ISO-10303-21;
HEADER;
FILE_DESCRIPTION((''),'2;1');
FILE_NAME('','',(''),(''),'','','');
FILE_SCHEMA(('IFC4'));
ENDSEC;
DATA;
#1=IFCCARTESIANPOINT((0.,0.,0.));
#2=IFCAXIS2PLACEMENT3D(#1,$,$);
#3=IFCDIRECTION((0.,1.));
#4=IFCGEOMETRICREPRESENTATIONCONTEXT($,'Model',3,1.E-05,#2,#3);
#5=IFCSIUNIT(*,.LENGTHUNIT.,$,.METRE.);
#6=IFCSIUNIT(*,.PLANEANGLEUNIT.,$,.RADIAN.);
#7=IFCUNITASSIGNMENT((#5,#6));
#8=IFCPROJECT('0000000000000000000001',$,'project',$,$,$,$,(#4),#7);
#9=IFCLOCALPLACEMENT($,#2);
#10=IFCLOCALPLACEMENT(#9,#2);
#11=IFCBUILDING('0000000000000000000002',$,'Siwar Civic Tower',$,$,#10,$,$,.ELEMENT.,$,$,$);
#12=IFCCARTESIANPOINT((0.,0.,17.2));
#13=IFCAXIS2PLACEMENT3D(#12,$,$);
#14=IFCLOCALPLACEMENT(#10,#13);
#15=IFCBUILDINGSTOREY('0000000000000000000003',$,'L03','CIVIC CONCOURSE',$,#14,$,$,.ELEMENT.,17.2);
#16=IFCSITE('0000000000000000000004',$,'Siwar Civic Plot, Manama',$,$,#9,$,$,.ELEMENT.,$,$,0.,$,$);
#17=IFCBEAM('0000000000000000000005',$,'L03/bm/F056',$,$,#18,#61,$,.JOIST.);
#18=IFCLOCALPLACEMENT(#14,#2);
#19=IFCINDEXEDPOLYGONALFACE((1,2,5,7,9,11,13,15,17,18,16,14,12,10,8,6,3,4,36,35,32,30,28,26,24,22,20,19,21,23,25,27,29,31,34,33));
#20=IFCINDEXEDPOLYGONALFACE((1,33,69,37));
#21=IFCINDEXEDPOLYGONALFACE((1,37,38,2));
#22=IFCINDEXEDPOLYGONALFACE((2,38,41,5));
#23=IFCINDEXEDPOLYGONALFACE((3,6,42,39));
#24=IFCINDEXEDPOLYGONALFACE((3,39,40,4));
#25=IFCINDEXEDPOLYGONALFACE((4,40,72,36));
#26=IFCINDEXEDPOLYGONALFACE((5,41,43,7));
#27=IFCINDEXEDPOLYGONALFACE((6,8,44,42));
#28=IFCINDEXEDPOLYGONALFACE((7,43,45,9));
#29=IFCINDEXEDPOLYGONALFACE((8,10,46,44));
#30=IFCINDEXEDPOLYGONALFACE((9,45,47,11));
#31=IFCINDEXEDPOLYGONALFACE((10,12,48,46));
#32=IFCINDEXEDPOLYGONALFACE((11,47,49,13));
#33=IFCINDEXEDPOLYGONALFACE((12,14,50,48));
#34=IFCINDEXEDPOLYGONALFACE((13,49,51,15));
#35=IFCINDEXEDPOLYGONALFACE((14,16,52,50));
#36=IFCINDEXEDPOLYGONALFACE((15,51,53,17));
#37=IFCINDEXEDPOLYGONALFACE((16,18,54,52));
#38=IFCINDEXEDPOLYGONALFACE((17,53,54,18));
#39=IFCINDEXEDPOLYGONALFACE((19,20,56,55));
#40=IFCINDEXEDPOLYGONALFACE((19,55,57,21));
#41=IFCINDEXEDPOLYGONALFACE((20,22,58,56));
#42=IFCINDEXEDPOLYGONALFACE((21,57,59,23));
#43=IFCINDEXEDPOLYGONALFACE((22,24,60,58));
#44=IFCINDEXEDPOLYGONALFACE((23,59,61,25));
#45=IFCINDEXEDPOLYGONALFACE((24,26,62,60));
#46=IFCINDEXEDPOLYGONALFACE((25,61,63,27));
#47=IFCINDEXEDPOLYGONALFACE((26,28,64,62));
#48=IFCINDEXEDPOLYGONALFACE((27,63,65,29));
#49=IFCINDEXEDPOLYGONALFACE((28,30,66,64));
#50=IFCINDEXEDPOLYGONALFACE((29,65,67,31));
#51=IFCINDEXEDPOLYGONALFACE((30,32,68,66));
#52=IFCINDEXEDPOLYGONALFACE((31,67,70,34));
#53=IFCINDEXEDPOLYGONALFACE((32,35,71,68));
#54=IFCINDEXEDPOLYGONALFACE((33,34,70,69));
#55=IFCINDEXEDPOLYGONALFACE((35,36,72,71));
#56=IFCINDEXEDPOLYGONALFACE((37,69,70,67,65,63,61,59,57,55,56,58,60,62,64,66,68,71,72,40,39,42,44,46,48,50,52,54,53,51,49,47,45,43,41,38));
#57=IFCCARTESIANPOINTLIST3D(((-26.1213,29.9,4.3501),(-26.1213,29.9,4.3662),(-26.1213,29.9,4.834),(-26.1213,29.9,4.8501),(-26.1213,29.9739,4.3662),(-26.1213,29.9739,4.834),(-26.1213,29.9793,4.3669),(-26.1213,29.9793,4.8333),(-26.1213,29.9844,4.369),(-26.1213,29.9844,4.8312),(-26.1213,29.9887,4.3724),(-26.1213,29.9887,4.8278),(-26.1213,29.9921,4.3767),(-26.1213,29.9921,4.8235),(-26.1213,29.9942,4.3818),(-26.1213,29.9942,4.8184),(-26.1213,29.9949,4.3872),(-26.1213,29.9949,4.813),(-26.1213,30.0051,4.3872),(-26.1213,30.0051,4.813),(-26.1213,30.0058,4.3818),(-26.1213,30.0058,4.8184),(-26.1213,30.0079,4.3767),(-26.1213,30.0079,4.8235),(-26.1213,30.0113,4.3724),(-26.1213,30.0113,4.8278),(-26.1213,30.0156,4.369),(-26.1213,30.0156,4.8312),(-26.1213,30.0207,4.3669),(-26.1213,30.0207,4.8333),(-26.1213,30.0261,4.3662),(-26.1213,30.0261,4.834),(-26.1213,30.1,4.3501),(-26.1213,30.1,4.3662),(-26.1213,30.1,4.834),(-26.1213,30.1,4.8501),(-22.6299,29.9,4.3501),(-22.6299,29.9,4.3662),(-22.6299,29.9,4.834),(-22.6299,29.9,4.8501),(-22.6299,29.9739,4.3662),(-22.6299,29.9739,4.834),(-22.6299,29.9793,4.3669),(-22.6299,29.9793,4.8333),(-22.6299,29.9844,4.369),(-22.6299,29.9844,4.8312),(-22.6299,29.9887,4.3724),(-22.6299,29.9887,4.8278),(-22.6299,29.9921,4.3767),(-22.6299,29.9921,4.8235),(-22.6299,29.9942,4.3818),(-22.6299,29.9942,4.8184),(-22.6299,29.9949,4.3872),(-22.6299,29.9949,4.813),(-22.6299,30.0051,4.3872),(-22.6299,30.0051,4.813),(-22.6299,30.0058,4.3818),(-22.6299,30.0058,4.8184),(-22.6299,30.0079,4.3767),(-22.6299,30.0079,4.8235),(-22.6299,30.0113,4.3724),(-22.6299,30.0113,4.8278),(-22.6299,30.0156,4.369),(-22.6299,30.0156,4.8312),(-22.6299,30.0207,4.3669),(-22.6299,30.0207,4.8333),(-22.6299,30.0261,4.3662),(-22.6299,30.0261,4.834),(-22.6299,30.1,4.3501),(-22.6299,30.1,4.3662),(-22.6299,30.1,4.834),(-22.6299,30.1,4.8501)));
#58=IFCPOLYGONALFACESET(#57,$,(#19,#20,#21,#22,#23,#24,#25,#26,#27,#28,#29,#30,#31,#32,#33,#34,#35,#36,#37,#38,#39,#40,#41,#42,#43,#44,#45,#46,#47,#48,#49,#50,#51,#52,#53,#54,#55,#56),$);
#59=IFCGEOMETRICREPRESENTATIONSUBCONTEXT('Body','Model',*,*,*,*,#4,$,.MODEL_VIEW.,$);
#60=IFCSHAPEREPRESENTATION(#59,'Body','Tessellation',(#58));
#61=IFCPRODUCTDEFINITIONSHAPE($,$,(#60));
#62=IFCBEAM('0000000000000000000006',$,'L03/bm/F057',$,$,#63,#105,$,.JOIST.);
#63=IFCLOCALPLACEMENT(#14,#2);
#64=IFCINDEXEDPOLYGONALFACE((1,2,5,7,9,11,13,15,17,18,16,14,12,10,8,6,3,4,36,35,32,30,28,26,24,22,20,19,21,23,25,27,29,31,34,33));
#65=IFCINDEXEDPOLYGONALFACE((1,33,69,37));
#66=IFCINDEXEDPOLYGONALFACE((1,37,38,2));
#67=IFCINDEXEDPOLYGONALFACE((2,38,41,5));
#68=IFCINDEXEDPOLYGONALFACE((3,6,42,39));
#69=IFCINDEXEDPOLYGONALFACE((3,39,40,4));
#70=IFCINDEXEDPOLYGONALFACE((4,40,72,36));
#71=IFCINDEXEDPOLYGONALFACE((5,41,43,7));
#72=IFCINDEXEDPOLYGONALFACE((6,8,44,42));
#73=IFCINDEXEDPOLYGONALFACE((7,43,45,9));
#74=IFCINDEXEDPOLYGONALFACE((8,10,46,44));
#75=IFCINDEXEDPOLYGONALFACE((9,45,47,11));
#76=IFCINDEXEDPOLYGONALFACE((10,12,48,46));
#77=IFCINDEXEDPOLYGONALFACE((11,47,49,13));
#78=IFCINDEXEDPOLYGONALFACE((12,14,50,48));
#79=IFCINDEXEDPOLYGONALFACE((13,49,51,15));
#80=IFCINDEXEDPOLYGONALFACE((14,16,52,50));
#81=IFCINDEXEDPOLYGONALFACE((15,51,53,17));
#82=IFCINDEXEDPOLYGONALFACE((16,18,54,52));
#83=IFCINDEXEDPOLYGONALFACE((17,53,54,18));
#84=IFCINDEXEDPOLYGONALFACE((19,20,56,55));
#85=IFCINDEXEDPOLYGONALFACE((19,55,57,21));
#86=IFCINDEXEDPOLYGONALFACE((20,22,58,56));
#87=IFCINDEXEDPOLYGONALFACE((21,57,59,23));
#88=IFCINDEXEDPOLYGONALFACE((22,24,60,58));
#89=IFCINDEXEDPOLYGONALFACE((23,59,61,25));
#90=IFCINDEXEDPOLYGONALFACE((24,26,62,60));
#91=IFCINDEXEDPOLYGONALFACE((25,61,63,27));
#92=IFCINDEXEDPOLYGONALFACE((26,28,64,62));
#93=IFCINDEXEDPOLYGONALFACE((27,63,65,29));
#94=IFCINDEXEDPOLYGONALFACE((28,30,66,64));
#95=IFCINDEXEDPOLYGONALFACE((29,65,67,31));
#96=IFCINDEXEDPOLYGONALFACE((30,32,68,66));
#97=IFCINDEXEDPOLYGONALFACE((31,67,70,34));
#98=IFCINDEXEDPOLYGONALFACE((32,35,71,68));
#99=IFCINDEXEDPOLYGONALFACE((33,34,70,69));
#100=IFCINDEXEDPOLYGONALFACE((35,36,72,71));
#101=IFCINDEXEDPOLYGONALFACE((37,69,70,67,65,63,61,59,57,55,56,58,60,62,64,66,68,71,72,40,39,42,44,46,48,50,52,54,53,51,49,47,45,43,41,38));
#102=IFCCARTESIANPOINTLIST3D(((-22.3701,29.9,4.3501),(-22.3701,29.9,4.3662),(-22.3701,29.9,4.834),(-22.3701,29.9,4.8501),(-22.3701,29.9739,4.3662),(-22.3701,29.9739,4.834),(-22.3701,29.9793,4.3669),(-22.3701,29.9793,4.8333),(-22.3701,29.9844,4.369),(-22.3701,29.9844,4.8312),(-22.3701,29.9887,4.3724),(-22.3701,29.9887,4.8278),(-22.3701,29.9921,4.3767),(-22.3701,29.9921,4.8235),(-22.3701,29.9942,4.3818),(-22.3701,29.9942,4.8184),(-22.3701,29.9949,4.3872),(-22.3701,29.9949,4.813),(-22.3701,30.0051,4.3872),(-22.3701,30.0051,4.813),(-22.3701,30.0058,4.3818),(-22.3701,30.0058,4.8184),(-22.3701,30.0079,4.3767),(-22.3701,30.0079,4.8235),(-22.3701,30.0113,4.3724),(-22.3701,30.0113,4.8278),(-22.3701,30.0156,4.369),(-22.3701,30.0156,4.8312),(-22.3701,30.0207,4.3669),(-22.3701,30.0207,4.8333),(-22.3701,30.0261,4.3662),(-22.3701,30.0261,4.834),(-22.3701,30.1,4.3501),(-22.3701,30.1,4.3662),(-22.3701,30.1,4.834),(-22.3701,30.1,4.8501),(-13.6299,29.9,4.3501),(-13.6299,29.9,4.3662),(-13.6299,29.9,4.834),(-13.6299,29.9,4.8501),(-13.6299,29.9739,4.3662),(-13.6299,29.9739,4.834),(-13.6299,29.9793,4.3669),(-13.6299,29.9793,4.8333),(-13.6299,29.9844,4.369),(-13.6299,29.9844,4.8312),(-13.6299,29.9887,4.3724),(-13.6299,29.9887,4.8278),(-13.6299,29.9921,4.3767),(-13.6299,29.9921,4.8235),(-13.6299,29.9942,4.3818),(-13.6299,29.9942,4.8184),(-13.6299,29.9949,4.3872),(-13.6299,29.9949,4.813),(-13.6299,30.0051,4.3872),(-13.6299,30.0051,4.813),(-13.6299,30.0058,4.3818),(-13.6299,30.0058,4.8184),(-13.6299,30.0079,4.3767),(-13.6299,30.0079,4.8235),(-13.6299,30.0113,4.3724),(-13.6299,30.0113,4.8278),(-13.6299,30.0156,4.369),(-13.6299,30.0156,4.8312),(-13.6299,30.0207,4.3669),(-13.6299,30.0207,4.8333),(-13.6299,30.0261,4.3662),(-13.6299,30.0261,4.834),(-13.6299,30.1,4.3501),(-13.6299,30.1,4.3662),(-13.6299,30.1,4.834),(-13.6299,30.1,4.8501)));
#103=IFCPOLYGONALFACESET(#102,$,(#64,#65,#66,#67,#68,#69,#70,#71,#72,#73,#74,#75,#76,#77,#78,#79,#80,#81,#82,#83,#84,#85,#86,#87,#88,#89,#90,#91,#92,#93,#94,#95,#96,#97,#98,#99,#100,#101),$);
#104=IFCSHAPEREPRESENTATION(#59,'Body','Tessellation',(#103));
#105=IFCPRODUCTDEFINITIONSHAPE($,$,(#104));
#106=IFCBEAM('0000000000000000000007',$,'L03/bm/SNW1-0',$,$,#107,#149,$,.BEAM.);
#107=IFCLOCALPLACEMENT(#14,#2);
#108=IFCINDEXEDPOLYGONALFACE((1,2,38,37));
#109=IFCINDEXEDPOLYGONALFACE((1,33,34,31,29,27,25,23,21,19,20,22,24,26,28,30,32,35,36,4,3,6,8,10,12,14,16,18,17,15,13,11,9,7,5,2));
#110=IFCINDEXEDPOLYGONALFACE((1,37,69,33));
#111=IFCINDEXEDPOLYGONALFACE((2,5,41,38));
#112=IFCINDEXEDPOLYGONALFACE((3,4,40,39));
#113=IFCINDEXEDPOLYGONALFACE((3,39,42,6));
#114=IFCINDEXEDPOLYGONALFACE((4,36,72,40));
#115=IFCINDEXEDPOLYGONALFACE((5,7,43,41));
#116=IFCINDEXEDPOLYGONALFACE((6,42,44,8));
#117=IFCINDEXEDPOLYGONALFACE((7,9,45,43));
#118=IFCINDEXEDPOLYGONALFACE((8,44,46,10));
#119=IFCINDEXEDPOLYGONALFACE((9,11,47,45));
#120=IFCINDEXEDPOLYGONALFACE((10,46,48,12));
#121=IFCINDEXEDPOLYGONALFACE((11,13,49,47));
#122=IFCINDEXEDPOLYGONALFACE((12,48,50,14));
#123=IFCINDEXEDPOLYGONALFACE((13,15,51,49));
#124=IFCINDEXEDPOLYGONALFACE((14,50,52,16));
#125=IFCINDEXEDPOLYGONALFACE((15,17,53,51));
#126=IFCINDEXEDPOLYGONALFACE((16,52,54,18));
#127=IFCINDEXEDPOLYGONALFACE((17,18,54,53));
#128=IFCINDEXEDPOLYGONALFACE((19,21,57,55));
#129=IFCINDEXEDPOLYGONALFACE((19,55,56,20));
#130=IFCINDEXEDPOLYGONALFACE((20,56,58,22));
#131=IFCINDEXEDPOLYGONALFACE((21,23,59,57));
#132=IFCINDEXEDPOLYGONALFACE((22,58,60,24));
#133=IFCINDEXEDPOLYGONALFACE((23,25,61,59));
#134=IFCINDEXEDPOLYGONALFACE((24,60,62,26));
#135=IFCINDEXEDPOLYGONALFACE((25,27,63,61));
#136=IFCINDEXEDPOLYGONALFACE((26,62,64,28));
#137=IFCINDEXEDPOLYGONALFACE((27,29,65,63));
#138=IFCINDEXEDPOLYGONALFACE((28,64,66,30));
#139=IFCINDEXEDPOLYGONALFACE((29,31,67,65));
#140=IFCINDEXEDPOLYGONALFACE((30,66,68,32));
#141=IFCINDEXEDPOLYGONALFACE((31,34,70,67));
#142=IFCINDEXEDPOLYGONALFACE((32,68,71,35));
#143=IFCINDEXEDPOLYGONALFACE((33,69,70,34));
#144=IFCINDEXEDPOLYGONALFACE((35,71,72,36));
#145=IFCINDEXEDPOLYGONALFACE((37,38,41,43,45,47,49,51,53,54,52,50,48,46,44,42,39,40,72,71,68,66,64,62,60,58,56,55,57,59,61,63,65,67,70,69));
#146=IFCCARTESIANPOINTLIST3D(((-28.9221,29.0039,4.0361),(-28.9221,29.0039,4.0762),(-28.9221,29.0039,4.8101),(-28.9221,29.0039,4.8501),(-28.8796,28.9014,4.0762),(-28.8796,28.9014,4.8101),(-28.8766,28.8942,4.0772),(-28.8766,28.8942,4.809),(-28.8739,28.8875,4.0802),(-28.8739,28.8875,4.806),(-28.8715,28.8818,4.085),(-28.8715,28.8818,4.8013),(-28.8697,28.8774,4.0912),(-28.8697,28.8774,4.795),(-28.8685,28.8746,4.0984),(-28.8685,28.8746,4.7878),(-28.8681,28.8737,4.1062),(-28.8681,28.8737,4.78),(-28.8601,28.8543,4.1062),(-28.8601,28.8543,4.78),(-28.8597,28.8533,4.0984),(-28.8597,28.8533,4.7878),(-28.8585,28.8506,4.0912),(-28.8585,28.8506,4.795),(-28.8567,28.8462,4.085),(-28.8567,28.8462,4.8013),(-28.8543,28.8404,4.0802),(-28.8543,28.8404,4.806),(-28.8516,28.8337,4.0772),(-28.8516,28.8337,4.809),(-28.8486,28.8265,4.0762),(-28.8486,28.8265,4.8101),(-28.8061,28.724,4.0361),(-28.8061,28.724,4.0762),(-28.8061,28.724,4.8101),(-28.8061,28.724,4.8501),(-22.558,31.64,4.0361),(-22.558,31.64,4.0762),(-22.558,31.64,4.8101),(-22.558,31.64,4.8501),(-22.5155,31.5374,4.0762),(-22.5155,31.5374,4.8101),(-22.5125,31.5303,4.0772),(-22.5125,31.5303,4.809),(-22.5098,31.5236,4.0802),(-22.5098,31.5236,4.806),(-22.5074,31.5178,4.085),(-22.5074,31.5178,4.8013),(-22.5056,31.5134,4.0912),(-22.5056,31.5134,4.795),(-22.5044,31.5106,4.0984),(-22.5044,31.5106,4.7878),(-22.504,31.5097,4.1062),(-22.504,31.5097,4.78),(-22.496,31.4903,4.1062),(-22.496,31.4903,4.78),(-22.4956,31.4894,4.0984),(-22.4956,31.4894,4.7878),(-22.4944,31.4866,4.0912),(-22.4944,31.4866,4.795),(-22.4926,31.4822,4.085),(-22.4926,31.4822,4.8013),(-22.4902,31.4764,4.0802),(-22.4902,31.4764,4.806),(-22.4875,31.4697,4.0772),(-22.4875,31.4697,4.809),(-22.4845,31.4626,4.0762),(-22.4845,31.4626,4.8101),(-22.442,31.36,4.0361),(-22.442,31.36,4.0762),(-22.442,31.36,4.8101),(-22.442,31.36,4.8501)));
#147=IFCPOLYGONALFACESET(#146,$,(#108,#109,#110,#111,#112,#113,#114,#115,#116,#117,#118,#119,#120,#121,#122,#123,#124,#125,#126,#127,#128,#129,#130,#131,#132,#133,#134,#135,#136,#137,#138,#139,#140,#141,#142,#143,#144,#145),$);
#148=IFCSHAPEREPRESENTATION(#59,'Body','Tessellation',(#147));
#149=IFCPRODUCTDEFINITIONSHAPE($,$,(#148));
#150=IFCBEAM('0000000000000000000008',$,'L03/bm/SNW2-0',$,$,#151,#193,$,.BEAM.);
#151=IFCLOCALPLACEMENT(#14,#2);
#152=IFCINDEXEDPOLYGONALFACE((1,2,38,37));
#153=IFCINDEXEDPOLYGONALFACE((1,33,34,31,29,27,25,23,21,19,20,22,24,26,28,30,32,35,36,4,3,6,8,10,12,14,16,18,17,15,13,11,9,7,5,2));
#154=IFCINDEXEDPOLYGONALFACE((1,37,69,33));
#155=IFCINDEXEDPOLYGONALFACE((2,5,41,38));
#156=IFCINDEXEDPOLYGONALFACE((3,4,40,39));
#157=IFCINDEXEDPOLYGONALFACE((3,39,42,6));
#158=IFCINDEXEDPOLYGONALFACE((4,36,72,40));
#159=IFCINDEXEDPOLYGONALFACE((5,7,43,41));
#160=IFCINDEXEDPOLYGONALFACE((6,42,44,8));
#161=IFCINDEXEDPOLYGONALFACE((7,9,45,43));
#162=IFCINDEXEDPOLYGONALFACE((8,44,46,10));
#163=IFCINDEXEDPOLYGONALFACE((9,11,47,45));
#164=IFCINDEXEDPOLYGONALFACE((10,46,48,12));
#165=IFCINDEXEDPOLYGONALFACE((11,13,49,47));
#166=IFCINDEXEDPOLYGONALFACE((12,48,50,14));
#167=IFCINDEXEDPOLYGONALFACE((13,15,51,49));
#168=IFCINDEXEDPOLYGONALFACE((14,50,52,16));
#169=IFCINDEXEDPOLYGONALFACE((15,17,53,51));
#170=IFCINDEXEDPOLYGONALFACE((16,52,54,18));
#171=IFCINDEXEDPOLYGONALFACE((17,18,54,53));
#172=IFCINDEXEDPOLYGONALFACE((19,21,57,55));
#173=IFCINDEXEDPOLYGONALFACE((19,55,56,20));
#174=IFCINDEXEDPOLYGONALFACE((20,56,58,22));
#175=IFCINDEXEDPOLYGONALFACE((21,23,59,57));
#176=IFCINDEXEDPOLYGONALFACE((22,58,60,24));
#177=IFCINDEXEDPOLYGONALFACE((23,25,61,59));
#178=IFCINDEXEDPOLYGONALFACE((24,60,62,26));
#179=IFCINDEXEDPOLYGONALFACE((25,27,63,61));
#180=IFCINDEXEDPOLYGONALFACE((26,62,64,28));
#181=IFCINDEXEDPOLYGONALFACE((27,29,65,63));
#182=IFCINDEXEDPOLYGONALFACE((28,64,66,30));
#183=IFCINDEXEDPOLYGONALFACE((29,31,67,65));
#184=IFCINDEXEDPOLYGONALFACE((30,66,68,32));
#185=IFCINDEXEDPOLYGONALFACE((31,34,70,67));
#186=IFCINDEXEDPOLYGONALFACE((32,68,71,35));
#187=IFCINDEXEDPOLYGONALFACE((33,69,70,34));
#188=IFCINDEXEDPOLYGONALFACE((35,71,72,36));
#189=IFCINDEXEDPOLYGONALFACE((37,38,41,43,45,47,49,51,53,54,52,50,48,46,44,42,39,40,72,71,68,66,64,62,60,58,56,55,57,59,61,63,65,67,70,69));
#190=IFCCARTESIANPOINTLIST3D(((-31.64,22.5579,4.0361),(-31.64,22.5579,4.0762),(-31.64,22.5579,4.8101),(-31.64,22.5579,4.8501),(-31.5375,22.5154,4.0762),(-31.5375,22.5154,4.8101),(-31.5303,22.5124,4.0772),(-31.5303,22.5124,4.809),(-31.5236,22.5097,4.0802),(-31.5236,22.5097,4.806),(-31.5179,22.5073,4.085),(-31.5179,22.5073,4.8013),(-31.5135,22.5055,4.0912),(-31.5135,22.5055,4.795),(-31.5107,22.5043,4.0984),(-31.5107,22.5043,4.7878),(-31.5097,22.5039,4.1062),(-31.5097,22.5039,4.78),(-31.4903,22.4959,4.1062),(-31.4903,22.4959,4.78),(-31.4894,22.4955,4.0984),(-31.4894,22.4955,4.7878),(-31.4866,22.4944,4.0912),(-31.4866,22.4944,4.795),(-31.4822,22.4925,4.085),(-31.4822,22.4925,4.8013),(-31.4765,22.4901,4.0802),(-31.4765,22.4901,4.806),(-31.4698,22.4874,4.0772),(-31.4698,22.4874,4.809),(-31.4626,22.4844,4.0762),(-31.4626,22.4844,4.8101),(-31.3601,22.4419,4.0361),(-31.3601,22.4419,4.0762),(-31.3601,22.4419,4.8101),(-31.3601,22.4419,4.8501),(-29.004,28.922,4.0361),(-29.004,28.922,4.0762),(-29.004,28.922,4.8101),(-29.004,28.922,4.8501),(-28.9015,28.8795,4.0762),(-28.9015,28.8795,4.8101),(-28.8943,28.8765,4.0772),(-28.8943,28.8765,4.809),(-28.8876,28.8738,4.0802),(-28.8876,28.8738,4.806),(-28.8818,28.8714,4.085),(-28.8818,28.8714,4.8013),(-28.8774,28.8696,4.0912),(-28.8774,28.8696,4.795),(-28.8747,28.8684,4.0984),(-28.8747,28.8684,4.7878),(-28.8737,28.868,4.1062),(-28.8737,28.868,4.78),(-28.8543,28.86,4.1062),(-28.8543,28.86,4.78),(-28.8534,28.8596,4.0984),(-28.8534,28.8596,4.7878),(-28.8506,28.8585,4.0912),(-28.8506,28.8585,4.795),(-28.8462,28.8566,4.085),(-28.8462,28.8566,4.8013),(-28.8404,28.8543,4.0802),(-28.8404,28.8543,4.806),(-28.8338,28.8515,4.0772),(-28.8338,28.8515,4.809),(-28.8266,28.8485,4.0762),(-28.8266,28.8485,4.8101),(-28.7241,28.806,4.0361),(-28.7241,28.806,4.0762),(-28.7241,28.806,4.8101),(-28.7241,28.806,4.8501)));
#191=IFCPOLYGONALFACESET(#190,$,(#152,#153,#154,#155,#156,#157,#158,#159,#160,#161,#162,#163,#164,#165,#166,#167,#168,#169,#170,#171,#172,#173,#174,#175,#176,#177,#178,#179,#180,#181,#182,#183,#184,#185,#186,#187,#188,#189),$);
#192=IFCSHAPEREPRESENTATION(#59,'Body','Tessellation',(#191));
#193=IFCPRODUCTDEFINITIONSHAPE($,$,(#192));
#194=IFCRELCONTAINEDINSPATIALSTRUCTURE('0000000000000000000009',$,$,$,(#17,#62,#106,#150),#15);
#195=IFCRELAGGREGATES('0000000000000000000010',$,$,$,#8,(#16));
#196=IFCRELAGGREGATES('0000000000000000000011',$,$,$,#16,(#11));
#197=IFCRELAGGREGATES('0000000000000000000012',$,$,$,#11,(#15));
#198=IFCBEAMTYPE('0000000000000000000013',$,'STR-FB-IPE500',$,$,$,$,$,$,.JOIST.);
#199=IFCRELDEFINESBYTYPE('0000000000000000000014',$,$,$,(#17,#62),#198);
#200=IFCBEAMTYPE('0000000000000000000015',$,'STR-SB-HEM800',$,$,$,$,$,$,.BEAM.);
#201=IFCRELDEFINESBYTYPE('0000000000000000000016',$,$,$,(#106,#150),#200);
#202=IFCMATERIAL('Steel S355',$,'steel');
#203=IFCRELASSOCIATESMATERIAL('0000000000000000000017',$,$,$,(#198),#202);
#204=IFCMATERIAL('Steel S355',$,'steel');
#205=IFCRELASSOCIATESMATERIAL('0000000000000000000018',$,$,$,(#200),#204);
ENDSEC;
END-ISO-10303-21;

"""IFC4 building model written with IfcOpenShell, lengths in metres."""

from ifc_helpers import new_model, si_unit, direction, frame, origin, origin_2d, place, context, subcontext, project, spatial, i_section, extrude, material, material_profile, profile_set, type_object, element, save


model = new_model("IFC4")

# Units and contexts
model_context = context("Model", 3, precision=1e-05, world=origin(), true_north=direction((0.0, 1.0)))
body_context = subcontext(model_context, "Body", "Model", "MODEL_VIEW")
ifc_project = project(units=[si_unit("LENGTHUNIT", "METRE"), si_unit("PLANEANGLEUNIT", "RADIAN")], contexts=[model_context])

# Site, building, storey
site_placement = place(None, origin())
site = spatial("IfcSite", under=ifc_project, at=site_placement, Name="Siwar Civic Plot, Manama", CompositionType="ELEMENT", RefElevation=0.0)
building_placement = place(site_placement, origin())
building = spatial("IfcBuilding", under=site, at=building_placement, Name="Siwar Civic Tower", CompositionType="ELEMENT")
storey_placement = place(building_placement, frame((0.0, 0.0, 17.2)))
storey = spatial("IfcBuildingStorey", under=building, at=storey_placement, Name="L03", Description="CIVIC CONCOURSE", CompositionType="ELEMENT", Elevation=17.2)

# Beams
ifc_material_1 = material(Name="Steel S355", Category="steel")
ifc_material_profile_1 = material_profile(ifc_material_1, i_section(OverallWidth=0.2, OverallDepth=0.5, WebThickness=0.0103, FlangeThickness=0.0161, FilletRadius=0.021, at=origin_2d()), Name="IPE500")
ifc_profile_set_1 = profile_set([ifc_material_profile_1], Name="Steel S355")
beam_type_1 = type_object("IfcBeamType", Name="STR-FB-IPE500", PredefinedType="JOIST", material=ifc_profile_set_1)
beam_1_placement = place(storey_placement, frame((-26.1213, 30.0, 4.6001), z_axis=(1.0, 0.0, 0.0), x_axis=(0.0, 1.0, 0.0)))
element("IfcBeam", 1, at=beam_1_placement, inside=storey, type_object=beam_type_1, Name="L03/bm/F056", PredefinedType="JOIST", context=body_context, shape_type="SweptSolid", body=[
    extrude(i_section(OverallWidth=0.2, OverallDepth=0.5, WebThickness=0.0103, FlangeThickness=0.0161, FilletRadius=0.021, at=origin_2d()), origin(), (0.0, 0.0, 1.0), 3.4915),
])
beam_2_placement = place(storey_placement, frame((-22.3701, 30.0, 4.6001), z_axis=(1.0, 0.0, 0.0), x_axis=(0.0, 1.0, 0.0)))
element("IfcBeam", 2, at=beam_2_placement, inside=storey, type_object=beam_type_1, Name="L03/bm/F057", PredefinedType="JOIST", context=body_context, shape_type="SweptSolid", body=[
    extrude(i_section(OverallWidth=0.2, OverallDepth=0.5, WebThickness=0.0103, FlangeThickness=0.0161, FilletRadius=0.021, at=origin_2d()), origin(), (0.0, 0.0, 1.0), 8.7402),
])
ifc_material_2 = material(Name="Steel S355", Category="steel")
ifc_material_profile_2 = material_profile(ifc_material_2, i_section(OverallWidth=0.303, OverallDepth=0.814, WebThickness=0.021, FlangeThickness=0.04, FilletRadius=0.03, at=origin_2d()), Name="HEM800")
ifc_profile_set_2 = profile_set([ifc_material_profile_2], Name="Steel S355")
beam_type_2 = type_object("IfcBeamType", Name="STR-SB-HEM800", PredefinedType="BEAM", material=ifc_profile_set_2)
for number, where, z_axis, x_axis, name in (
    (3, (-22.5, 31.5, 4.4431), (-0.923883, -0.382674, 0.0), (0.382674, -0.923883, 0.0), "L03/bm/SNW1-0"),
    (4, (-28.864, 28.864, 4.4431), (-0.382674, -0.923883, 0.0), (0.923883, -0.382674, 0.0), "L03/bm/SNW2-0"),
):
    element("IfcBeam", number, at=place(storey_placement, frame(where, z_axis=z_axis, x_axis=x_axis)), inside=storey, type_object=beam_type_2, Name=name, PredefinedType="BEAM", context=body_context, shape_type="SweptSolid", body=[
        extrude(i_section(OverallWidth=0.303, OverallDepth=0.814, WebThickness=0.021, FlangeThickness=0.04, FilletRadius=0.03, at=origin_2d()), origin(), (0.0, 0.0, 1.0), 6.8884),
    ])

save(model, "model.ifc")
